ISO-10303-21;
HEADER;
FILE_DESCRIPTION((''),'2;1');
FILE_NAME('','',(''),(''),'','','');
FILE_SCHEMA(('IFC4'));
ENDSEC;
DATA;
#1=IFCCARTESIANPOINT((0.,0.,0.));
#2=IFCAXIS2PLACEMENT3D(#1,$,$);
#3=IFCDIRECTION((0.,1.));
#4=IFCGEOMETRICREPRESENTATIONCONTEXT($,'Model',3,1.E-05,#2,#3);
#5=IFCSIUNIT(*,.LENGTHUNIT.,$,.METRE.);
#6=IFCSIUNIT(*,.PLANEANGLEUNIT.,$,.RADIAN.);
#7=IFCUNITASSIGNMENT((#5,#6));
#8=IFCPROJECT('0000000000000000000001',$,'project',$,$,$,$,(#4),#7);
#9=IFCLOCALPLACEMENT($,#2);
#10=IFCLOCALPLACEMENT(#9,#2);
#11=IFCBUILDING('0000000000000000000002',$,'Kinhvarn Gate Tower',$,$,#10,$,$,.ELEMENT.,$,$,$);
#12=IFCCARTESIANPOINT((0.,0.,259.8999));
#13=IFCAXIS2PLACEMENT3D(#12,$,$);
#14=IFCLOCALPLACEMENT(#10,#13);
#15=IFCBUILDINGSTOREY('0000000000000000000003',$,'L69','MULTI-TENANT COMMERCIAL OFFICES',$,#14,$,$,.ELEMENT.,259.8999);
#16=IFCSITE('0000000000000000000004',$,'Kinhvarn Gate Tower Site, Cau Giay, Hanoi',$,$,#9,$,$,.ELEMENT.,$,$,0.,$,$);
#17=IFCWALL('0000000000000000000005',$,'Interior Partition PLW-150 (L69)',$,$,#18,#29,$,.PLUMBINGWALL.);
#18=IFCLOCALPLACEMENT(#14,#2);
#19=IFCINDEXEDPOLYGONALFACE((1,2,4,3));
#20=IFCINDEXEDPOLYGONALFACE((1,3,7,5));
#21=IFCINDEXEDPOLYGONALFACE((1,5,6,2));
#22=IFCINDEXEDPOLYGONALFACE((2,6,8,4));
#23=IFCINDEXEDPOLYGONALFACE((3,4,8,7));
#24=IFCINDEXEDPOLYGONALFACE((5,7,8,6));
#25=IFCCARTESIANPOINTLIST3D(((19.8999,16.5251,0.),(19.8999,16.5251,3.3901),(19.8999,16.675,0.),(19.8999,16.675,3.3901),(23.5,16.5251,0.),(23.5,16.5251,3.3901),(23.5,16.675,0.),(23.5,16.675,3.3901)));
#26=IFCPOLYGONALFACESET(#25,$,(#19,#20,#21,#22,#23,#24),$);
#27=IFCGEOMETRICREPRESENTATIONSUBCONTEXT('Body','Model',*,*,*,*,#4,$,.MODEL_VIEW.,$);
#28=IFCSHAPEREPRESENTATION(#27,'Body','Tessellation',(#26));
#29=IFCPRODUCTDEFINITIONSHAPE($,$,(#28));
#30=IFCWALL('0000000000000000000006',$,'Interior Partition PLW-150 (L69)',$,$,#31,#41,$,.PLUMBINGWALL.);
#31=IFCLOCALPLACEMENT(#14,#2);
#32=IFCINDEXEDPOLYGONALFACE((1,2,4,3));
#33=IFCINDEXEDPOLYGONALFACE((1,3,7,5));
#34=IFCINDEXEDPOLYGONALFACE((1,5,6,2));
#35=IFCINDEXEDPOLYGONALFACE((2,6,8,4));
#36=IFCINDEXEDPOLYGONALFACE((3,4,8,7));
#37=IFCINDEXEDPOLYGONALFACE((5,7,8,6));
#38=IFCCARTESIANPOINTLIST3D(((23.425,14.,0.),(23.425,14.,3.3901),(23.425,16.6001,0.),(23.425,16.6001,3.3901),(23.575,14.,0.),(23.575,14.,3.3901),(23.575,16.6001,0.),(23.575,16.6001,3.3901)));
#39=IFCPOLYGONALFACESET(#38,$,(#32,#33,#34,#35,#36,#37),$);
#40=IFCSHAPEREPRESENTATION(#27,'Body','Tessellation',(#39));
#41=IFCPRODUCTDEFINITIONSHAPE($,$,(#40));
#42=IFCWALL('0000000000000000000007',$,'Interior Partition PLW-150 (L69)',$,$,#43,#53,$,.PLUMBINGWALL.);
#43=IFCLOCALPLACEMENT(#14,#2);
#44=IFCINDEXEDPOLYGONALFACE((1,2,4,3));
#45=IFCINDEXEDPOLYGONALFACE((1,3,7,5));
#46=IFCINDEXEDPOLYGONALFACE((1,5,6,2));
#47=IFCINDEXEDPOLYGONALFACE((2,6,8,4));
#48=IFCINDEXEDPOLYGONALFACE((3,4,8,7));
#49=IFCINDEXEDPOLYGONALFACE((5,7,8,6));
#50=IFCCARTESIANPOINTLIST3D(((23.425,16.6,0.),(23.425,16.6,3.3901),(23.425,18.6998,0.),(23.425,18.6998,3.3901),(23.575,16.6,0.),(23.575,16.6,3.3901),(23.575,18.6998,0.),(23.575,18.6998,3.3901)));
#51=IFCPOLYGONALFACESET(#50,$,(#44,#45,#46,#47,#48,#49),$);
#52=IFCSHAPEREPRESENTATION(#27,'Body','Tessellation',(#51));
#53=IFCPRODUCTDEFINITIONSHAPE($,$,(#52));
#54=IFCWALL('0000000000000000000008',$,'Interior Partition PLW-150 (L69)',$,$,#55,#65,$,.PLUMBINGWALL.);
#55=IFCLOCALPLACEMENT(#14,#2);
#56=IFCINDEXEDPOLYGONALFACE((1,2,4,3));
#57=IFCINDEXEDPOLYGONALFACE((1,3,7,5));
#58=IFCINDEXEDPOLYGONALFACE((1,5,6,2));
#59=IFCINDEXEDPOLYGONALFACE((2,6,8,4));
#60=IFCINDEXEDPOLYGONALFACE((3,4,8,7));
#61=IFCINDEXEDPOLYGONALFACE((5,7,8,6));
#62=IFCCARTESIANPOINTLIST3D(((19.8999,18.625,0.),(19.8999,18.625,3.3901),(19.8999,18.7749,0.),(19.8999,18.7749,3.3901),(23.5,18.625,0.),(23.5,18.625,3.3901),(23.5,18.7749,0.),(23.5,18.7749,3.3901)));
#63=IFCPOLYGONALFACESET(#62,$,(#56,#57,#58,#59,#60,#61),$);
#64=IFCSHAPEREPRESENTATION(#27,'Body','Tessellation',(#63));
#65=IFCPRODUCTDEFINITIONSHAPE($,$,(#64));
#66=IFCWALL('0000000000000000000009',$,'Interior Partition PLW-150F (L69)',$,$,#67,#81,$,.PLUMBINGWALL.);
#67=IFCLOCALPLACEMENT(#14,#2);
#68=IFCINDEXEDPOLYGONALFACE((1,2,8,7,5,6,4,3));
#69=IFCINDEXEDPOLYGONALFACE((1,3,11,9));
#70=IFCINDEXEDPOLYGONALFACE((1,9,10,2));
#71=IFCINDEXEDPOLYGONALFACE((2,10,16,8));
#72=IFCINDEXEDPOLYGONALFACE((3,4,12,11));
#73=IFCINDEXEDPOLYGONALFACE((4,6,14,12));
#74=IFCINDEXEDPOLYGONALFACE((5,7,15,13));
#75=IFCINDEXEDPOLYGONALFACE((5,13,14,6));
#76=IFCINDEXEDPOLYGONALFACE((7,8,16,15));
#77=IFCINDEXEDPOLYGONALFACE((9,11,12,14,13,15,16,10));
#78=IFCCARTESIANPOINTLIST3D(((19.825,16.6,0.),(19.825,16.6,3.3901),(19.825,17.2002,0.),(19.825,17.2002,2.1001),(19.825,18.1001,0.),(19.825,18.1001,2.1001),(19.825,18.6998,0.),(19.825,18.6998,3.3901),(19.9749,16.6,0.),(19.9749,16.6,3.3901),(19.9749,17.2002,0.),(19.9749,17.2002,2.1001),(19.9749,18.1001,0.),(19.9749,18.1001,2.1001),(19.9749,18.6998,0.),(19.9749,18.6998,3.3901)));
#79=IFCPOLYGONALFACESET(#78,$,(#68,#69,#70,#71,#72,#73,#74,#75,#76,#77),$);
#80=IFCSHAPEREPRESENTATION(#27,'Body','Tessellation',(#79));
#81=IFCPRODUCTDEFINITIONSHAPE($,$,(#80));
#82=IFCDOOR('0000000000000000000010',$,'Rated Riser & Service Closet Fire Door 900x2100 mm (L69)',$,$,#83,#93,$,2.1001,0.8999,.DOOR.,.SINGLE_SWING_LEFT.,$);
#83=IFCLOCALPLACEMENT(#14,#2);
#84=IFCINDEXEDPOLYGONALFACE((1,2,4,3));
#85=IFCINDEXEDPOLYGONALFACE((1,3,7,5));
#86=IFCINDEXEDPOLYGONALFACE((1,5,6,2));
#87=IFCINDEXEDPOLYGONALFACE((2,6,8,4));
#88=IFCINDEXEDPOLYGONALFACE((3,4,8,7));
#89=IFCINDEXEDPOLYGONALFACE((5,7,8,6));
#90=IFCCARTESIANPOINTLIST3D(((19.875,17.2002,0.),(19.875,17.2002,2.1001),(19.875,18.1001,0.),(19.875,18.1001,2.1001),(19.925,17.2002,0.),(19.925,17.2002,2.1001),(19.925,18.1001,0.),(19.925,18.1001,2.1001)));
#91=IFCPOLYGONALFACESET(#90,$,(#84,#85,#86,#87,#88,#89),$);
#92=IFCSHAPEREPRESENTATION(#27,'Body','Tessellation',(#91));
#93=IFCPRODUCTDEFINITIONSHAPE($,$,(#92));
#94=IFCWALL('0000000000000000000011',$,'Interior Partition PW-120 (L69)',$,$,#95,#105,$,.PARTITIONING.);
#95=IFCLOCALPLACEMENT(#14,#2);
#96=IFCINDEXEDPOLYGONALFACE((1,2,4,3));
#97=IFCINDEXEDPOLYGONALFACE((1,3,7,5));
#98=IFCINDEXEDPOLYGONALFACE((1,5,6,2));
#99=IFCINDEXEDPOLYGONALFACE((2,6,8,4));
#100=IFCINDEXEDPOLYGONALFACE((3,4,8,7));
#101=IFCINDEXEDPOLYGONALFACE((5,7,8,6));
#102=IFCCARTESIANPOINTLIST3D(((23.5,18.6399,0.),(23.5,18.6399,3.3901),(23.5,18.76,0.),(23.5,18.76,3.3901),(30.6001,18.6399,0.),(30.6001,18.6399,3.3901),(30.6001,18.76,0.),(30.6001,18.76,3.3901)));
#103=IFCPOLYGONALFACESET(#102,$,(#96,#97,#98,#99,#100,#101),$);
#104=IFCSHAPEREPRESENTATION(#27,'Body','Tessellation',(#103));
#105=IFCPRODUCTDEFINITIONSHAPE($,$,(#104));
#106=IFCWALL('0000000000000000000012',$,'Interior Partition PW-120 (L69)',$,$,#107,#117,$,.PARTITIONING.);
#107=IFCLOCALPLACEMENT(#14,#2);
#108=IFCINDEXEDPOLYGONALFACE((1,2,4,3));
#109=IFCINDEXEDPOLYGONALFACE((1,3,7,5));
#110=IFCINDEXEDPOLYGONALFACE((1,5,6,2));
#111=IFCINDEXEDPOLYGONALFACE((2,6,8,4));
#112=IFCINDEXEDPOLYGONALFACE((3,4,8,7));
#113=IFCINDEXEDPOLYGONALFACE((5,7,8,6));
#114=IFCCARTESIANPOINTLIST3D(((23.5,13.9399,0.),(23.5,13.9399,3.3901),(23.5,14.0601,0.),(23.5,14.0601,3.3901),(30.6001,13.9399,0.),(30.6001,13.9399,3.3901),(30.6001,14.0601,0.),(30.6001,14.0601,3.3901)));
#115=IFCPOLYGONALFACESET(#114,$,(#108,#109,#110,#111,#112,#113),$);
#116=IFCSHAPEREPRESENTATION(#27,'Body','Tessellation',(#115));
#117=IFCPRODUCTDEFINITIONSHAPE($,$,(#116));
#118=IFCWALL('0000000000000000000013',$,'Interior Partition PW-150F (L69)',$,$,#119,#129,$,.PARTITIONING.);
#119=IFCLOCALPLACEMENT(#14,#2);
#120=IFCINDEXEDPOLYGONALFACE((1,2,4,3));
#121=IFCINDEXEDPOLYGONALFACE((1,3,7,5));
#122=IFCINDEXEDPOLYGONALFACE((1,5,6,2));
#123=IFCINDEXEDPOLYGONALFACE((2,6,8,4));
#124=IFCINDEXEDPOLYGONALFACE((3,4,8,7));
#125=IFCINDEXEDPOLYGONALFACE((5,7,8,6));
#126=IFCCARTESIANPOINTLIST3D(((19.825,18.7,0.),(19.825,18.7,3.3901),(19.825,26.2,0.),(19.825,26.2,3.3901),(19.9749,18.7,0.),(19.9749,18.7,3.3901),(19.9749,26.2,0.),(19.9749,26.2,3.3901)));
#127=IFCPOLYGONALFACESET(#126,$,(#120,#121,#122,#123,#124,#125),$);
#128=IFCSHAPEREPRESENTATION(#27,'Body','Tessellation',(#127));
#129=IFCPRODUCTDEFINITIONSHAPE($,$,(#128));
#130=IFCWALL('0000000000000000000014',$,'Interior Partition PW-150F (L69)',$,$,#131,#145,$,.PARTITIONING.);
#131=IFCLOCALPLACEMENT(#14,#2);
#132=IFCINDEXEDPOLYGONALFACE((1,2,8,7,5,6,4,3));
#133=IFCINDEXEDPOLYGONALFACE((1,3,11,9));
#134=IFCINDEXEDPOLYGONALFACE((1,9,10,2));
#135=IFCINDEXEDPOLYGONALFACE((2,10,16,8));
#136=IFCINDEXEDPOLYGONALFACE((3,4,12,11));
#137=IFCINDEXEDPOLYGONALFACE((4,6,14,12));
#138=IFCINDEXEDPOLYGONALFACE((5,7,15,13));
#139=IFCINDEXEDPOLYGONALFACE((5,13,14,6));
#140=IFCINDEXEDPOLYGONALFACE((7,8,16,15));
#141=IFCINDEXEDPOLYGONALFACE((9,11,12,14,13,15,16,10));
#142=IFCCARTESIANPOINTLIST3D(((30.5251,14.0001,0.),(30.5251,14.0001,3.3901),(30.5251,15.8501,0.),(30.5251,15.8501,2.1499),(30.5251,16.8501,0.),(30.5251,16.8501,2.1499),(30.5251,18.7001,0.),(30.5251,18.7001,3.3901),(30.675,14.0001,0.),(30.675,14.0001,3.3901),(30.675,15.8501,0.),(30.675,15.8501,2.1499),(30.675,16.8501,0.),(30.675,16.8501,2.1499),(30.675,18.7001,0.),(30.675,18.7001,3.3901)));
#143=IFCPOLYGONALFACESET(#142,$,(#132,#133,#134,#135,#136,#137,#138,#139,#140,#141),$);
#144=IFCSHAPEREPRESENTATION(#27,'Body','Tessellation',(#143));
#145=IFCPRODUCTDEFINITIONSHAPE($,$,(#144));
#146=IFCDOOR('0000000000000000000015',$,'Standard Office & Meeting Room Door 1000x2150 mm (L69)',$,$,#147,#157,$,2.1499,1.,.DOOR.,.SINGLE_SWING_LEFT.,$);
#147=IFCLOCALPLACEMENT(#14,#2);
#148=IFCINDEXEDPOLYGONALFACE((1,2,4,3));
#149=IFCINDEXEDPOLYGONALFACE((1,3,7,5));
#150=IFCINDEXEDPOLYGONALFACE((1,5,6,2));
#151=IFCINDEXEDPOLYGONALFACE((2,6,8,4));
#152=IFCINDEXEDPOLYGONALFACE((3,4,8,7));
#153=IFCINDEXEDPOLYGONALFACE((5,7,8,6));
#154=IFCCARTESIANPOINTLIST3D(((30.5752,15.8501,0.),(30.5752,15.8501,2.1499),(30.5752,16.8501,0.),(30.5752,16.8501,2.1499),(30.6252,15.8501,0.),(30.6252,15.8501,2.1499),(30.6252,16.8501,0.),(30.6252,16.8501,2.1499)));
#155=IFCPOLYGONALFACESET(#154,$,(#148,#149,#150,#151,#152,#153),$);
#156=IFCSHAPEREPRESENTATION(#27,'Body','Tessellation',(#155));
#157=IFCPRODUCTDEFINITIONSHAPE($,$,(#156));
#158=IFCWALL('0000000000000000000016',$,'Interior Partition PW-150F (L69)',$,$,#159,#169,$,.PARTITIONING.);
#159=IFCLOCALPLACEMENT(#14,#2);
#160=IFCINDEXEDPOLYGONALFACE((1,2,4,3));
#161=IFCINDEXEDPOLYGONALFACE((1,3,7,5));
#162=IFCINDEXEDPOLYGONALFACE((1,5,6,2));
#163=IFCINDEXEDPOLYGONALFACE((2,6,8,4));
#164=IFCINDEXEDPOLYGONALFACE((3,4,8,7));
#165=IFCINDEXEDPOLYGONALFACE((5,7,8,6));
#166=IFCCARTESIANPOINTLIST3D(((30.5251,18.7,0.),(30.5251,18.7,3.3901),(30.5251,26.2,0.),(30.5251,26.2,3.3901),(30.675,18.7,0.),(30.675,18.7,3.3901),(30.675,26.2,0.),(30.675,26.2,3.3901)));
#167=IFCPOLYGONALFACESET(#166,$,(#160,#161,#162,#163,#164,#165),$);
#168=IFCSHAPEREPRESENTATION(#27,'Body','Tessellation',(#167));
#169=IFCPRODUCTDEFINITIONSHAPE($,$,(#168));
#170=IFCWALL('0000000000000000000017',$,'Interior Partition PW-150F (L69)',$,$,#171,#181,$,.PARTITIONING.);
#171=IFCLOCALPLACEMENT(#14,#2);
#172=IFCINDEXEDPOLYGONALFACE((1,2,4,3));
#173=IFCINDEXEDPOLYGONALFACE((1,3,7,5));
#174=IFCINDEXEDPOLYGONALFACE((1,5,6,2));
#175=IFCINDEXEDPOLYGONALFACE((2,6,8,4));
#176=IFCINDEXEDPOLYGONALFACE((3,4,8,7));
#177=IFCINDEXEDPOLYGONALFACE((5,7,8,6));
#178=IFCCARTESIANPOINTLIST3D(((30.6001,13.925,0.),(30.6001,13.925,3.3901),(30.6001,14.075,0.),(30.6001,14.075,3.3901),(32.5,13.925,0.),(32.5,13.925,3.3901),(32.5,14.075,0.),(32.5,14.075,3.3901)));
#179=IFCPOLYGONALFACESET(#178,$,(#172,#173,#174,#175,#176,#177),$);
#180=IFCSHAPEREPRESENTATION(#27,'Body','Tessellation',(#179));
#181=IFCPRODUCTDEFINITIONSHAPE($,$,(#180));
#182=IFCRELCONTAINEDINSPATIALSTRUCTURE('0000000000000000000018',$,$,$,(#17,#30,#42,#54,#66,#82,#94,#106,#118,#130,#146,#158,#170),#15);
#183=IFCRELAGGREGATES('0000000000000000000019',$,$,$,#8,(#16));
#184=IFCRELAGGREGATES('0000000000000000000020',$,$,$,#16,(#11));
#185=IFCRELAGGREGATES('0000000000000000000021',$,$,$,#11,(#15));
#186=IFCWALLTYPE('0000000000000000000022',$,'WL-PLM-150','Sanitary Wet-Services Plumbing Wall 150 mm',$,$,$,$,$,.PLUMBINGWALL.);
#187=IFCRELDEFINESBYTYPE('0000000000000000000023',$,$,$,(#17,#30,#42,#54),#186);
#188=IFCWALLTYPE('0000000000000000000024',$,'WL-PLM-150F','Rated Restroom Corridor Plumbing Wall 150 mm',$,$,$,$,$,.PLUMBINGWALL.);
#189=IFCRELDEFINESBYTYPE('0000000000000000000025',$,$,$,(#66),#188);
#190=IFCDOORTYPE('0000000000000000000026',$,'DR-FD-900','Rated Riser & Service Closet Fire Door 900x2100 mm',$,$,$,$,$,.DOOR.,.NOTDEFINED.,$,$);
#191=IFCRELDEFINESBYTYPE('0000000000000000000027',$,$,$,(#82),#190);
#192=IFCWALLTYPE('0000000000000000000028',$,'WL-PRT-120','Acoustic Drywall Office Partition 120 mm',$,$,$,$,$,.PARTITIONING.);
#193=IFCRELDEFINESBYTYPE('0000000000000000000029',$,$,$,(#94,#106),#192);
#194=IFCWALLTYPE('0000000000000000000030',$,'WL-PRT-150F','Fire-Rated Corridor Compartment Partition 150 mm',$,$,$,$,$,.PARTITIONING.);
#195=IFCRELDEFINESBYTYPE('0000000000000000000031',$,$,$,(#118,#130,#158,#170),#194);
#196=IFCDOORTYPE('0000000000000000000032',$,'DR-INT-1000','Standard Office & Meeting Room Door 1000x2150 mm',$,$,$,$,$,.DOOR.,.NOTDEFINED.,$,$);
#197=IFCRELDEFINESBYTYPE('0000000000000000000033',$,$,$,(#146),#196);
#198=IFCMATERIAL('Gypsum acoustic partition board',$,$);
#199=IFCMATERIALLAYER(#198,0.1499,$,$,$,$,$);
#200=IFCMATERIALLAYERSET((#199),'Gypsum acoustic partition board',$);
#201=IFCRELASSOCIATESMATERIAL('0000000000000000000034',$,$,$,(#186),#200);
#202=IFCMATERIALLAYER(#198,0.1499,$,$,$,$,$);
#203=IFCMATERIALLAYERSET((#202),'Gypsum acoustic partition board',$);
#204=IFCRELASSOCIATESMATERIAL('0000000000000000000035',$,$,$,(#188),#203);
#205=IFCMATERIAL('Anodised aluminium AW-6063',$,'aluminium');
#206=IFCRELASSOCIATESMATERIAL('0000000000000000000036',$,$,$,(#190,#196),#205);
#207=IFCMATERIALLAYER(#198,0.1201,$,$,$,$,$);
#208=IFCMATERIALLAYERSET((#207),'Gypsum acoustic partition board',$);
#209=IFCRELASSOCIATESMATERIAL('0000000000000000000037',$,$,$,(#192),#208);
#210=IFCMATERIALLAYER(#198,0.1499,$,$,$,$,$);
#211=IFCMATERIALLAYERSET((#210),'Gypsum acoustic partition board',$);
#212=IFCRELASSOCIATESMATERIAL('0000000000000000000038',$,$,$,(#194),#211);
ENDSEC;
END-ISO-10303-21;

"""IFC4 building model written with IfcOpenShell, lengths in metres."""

from ifc_helpers import new_model, si_unit, direction, frame, frame_2d, origin, place, context, subcontext, project, spatial, rectangle, extrude, material, layer, layer_set, type_object, element, fill, save


model = new_model("IFC4")

# Units and contexts
model_context = context("Model", 3, precision=1e-05, world=origin(), true_north=direction((0.0, 1.0)))
body_context = subcontext(model_context, "Body", "Model", "MODEL_VIEW")
ifc_project = project(units=[si_unit("LENGTHUNIT", "METRE"), si_unit("PLANEANGLEUNIT", "RADIAN")], contexts=[model_context])

# Site, building, storey
site_placement = place(None, origin())
site = spatial("IfcSite", under=ifc_project, at=site_placement, Name="Kinhvarn Gate Tower Site, Cau Giay, Hanoi", CompositionType="ELEMENT", RefElevation=0.0)
building_placement = place(site_placement, origin())
building = spatial("IfcBuilding", under=site, at=building_placement, Name="Kinhvarn Gate Tower", CompositionType="ELEMENT")
storey_placement = place(building_placement, frame((0.0, 0.0, 259.8999)))
storey = spatial("IfcBuildingStorey", under=building, at=storey_placement, Name="L69", Description="MULTI-TENANT COMMERCIAL OFFICES", CompositionType="ELEMENT", Elevation=259.8999)

# Walls
ifc_material_1 = material(Name="Gypsum acoustic partition board")
ifc_layer_1 = layer(ifc_material_1, 0.1499)
ifc_layer_set_1 = layer_set([ifc_layer_1], Name="Gypsum acoustic partition board")
wall_type_1 = type_object("IfcWallType", Name="WL-PLM-150", Description="Sanitary Wet-Services Plumbing Wall 150 mm", PredefinedType="PLUMBINGWALL", material=ifc_layer_set_1)
wall_1_placement = place(storey_placement, frame((19.8999, 16.6001, 0.0), z_axis=(0.0, 0.0, 1.0), x_axis=(1.0, 0.0, 0.0)))
element("IfcWall", 1, at=wall_1_placement, inside=storey, type_object=wall_type_1, Name="Interior Partition PLW-150 (L69)", PredefinedType="PLUMBINGWALL", context=body_context, shape_type="SweptSolid", body=[
    extrude(rectangle(XDim=3.6001, YDim=0.1499, at=frame_2d((1.8, 0.0))), origin(), (0.0, 0.0, 1.0), 3.3901),
])
wall_2_placement = place(storey_placement, frame((23.5, 14.0, 0.0), z_axis=(0.0, 0.0, 1.0), x_axis=(0.0, 1.0, 0.0)))
element("IfcWall", 2, at=wall_2_placement, inside=storey, type_object=wall_type_1, Name="Interior Partition PLW-150 (L69)", PredefinedType="PLUMBINGWALL", context=body_context, shape_type="SweptSolid", body=[
    extrude(rectangle(XDim=2.6001, YDim=0.1499, at=frame_2d((1.3, 0.0))), origin(), (0.0, 0.0, 1.0), 3.3901),
])
wall_3_placement = place(storey_placement, frame((23.5, 16.6001, 0.0), z_axis=(0.0, 0.0, 1.0), x_axis=(0.0, 1.0, 0.0)))
element("IfcWall", 3, at=wall_3_placement, inside=storey, type_object=wall_type_1, Name="Interior Partition PLW-150 (L69)", PredefinedType="PLUMBINGWALL", context=body_context, shape_type="SweptSolid", body=[
    extrude(rectangle(XDim=2.0999, YDim=0.1499, at=frame_2d((1.0498, 0.0))), origin(), (0.0, 0.0, 1.0), 3.3901),
])
wall_4_placement = place(storey_placement, frame((19.8999, 18.7, 0.0), z_axis=(0.0, 0.0, 1.0), x_axis=(1.0, 0.0, 0.0)))
element("IfcWall", 4, at=wall_4_placement, inside=storey, type_object=wall_type_1, Name="Interior Partition PLW-150 (L69)", PredefinedType="PLUMBINGWALL", context=body_context, shape_type="SweptSolid", body=[
    extrude(rectangle(XDim=3.6001, YDim=0.1499, at=frame_2d((1.8, 0.0))), origin(), (0.0, 0.0, 1.0), 3.3901),
])

# Wall, opening, door
ifc_layer_2 = layer(ifc_material_1, 0.1499)
ifc_layer_set_2 = layer_set([ifc_layer_2], Name="Gypsum acoustic partition board")
wall_type_2 = type_object("IfcWallType", Name="WL-PLM-150F", Description="Rated Restroom Corridor Plumbing Wall 150 mm", PredefinedType="PLUMBINGWALL", material=ifc_layer_set_2)
wall_5_placement = place(storey_placement, frame((19.8999, 16.6001, 0.0), z_axis=(0.0, 0.0, 1.0), x_axis=(0.0, 1.0, 0.0)))
wall_5 = element("IfcWall", 5, at=wall_5_placement, inside=storey, type_object=wall_type_2, Name="Interior Partition PLW-150F (L69)", PredefinedType="PLUMBINGWALL", context=body_context, shape_type="SweptSolid", body=[
    extrude(rectangle(XDim=2.0999, YDim=0.1499, at=frame_2d((1.0498, 0.0))), origin(), (0.0, 0.0, 1.0), 3.3901),
])
opening_1_placement = place(wall_5_placement, frame((0.6001, 0.0, 0.0)))
opening_1 = element("IfcOpeningElement", 6, at=opening_1_placement, cuts=wall_5, PredefinedType="OPENING", context=body_context, shape_type="SweptSolid", body=[
    extrude(rectangle(XDim=0.8999, YDim=2.1001, at=frame_2d((0.45, 1.05))), frame((0.0, 0.085, 0.0), z_axis=(0.0, -1.0, 0.0), x_axis=(1.0, 0.0, 0.0)), (0.0, 0.0, 1.0), 0.1699),
])
ifc_material_2 = material(Name="Anodised aluminium AW-6063", Category="aluminium")
door_type_1 = type_object("IfcDoorType", Name="DR-FD-900", Description="Rated Riser & Service Closet Fire Door 900x2100 mm", OperationType="NOTDEFINED", PredefinedType="DOOR", material=ifc_material_2)
door_1_placement = place(opening_1_placement, origin())
door_1 = element("IfcDoor", 7, at=door_1_placement, inside=storey, type_object=door_type_1, Name="Rated Riser & Service Closet Fire Door 900x2100 mm (L69)", OperationType="SINGLE_SWING_LEFT", OverallHeight=2.1001, OverallWidth=0.8999, PredefinedType="DOOR", context=body_context, shape_type="SweptSolid", body=[
    extrude(rectangle(XDim=0.8999, YDim=2.1001, at=frame_2d((0.45, 1.05))), frame((0.0, 0.0249, 0.0), z_axis=(0.0, -1.0, 0.0), x_axis=(1.0, 0.0, 0.0)), (0.0, 0.0, 1.0), 0.05),
])
fill(opening_1, door_1)

# Walls
ifc_layer_3 = layer(ifc_material_1, 0.1201)
ifc_layer_set_3 = layer_set([ifc_layer_3], Name="Gypsum acoustic partition board")
wall_type_3 = type_object("IfcWallType", Name="WL-PRT-120", Description="Acoustic Drywall Office Partition 120 mm", PredefinedType="PARTITIONING", material=ifc_layer_set_3)
for number, where, z_axis, x_axis, name in (
    (8, (23.5, 18.7, 0.0), (0.0, 0.0, 1.0), (1.0, 0.0, 0.0), "Interior Partition PW-120 (L69)"),
    (9, (23.5, 14.0, 0.0), (0.0, 0.0, 1.0), (1.0, 0.0, 0.0), "Interior Partition PW-120 (L69)"),
):
    element("IfcWall", number, at=place(storey_placement, frame(where, z_axis=z_axis, x_axis=x_axis)), inside=storey, type_object=wall_type_3, Name=name, PredefinedType="PARTITIONING", context=body_context, shape_type="SweptSolid", body=[
        extrude(rectangle(XDim=7.1001, YDim=0.1201, at=frame_2d((3.55, 0.0))), origin(), (0.0, 0.0, 1.0), 3.3901),
    ])
ifc_layer_4 = layer(ifc_material_1, 0.1499)
ifc_layer_set_4 = layer_set([ifc_layer_4], Name="Gypsum acoustic partition board")
wall_type_4 = type_object("IfcWallType", Name="WL-PRT-150F", Description="Fire-Rated Corridor Compartment Partition 150 mm", PredefinedType="PARTITIONING", material=ifc_layer_set_4)
wall_6_placement = place(storey_placement, frame((19.8999, 18.7, 0.0), z_axis=(0.0, 0.0, 1.0), x_axis=(0.0, 1.0, 0.0)))
element("IfcWall", 10, at=wall_6_placement, inside=storey, type_object=wall_type_4, Name="Interior Partition PW-150F (L69)", PredefinedType="PARTITIONING", context=body_context, shape_type="SweptSolid", body=[
    extrude(rectangle(XDim=7.5, YDim=0.1499, at=frame_2d((3.75, 0.0))), origin(), (0.0, 0.0, 1.0), 3.3901),
])

# Wall, opening, door
wall_7_placement = place(storey_placement, frame((30.6001, 14.0, 0.0), z_axis=(0.0, 0.0, 1.0), x_axis=(0.0, 1.0, 0.0)))
wall_7 = element("IfcWall", 11, at=wall_7_placement, inside=storey, type_object=wall_type_4, Name="Interior Partition PW-150F (L69)", PredefinedType="PARTITIONING", context=body_context, shape_type="SweptSolid", body=[
    extrude(rectangle(XDim=4.7, YDim=0.1499, at=frame_2d((2.3501, 0.0))), origin(), (0.0, 0.0, 1.0), 3.3901),
])
opening_2_placement = place(wall_7_placement, frame((1.8501, 0.0, 0.0)))
opening_2 = element("IfcOpeningElement", 12, at=opening_2_placement, cuts=wall_7, PredefinedType="OPENING", context=body_context, shape_type="SweptSolid", body=[
    extrude(rectangle(XDim=1.0, YDim=2.1499, at=frame_2d((0.5, 1.075))), frame((0.0, 0.085, 0.0), z_axis=(0.0, -1.0, 0.0), x_axis=(1.0, 0.0, 0.0)), (0.0, 0.0, 1.0), 0.1699),
])
door_type_2 = type_object("IfcDoorType", Name="DR-INT-1000", Description="Standard Office & Meeting Room Door 1000x2150 mm", OperationType="NOTDEFINED", PredefinedType="DOOR", material=ifc_material_2)
door_2_placement = place(opening_2_placement, origin())
door_2 = element("IfcDoor", 13, at=door_2_placement, inside=storey, type_object=door_type_2, Name="Standard Office & Meeting Room Door 1000x2150 mm (L69)", OperationType="SINGLE_SWING_LEFT", OverallHeight=2.1499, OverallWidth=1.0, PredefinedType="DOOR", context=body_context, shape_type="SweptSolid", body=[
    extrude(rectangle(XDim=1.0, YDim=2.1499, at=frame_2d((0.5, 1.075))), frame((0.0, 0.0249, 0.0), z_axis=(0.0, -1.0, 0.0), x_axis=(1.0, 0.0, 0.0)), (0.0, 0.0, 1.0), 0.05),
])
fill(opening_2, door_2)

# Walls
wall_8_placement = place(storey_placement, frame((30.6001, 18.7, 0.0), z_axis=(0.0, 0.0, 1.0), x_axis=(0.0, 1.0, 0.0)))
element("IfcWall", 14, at=wall_8_placement, inside=storey, type_object=wall_type_4, Name="Interior Partition PW-150F (L69)", PredefinedType="PARTITIONING", context=body_context, shape_type="SweptSolid", body=[
    extrude(rectangle(XDim=7.5, YDim=0.1499, at=frame_2d((3.75, 0.0))), origin(), (0.0, 0.0, 1.0), 3.3901),
])
wall_9_placement = place(storey_placement, frame((30.6001, 14.0, 0.0), z_axis=(0.0, 0.0, 1.0), x_axis=(1.0, 0.0, 0.0)))
element("IfcWall", 15, at=wall_9_placement, inside=storey, type_object=wall_type_4, Name="Interior Partition PW-150F (L69)", PredefinedType="PARTITIONING", context=body_context, shape_type="SweptSolid", body=[
    extrude(rectangle(XDim=1.8999, YDim=0.1499, at=frame_2d((0.95, 0.0))), origin(), (0.0, 0.0, 1.0), 3.3901),
])

save(model, "model.ifc")
